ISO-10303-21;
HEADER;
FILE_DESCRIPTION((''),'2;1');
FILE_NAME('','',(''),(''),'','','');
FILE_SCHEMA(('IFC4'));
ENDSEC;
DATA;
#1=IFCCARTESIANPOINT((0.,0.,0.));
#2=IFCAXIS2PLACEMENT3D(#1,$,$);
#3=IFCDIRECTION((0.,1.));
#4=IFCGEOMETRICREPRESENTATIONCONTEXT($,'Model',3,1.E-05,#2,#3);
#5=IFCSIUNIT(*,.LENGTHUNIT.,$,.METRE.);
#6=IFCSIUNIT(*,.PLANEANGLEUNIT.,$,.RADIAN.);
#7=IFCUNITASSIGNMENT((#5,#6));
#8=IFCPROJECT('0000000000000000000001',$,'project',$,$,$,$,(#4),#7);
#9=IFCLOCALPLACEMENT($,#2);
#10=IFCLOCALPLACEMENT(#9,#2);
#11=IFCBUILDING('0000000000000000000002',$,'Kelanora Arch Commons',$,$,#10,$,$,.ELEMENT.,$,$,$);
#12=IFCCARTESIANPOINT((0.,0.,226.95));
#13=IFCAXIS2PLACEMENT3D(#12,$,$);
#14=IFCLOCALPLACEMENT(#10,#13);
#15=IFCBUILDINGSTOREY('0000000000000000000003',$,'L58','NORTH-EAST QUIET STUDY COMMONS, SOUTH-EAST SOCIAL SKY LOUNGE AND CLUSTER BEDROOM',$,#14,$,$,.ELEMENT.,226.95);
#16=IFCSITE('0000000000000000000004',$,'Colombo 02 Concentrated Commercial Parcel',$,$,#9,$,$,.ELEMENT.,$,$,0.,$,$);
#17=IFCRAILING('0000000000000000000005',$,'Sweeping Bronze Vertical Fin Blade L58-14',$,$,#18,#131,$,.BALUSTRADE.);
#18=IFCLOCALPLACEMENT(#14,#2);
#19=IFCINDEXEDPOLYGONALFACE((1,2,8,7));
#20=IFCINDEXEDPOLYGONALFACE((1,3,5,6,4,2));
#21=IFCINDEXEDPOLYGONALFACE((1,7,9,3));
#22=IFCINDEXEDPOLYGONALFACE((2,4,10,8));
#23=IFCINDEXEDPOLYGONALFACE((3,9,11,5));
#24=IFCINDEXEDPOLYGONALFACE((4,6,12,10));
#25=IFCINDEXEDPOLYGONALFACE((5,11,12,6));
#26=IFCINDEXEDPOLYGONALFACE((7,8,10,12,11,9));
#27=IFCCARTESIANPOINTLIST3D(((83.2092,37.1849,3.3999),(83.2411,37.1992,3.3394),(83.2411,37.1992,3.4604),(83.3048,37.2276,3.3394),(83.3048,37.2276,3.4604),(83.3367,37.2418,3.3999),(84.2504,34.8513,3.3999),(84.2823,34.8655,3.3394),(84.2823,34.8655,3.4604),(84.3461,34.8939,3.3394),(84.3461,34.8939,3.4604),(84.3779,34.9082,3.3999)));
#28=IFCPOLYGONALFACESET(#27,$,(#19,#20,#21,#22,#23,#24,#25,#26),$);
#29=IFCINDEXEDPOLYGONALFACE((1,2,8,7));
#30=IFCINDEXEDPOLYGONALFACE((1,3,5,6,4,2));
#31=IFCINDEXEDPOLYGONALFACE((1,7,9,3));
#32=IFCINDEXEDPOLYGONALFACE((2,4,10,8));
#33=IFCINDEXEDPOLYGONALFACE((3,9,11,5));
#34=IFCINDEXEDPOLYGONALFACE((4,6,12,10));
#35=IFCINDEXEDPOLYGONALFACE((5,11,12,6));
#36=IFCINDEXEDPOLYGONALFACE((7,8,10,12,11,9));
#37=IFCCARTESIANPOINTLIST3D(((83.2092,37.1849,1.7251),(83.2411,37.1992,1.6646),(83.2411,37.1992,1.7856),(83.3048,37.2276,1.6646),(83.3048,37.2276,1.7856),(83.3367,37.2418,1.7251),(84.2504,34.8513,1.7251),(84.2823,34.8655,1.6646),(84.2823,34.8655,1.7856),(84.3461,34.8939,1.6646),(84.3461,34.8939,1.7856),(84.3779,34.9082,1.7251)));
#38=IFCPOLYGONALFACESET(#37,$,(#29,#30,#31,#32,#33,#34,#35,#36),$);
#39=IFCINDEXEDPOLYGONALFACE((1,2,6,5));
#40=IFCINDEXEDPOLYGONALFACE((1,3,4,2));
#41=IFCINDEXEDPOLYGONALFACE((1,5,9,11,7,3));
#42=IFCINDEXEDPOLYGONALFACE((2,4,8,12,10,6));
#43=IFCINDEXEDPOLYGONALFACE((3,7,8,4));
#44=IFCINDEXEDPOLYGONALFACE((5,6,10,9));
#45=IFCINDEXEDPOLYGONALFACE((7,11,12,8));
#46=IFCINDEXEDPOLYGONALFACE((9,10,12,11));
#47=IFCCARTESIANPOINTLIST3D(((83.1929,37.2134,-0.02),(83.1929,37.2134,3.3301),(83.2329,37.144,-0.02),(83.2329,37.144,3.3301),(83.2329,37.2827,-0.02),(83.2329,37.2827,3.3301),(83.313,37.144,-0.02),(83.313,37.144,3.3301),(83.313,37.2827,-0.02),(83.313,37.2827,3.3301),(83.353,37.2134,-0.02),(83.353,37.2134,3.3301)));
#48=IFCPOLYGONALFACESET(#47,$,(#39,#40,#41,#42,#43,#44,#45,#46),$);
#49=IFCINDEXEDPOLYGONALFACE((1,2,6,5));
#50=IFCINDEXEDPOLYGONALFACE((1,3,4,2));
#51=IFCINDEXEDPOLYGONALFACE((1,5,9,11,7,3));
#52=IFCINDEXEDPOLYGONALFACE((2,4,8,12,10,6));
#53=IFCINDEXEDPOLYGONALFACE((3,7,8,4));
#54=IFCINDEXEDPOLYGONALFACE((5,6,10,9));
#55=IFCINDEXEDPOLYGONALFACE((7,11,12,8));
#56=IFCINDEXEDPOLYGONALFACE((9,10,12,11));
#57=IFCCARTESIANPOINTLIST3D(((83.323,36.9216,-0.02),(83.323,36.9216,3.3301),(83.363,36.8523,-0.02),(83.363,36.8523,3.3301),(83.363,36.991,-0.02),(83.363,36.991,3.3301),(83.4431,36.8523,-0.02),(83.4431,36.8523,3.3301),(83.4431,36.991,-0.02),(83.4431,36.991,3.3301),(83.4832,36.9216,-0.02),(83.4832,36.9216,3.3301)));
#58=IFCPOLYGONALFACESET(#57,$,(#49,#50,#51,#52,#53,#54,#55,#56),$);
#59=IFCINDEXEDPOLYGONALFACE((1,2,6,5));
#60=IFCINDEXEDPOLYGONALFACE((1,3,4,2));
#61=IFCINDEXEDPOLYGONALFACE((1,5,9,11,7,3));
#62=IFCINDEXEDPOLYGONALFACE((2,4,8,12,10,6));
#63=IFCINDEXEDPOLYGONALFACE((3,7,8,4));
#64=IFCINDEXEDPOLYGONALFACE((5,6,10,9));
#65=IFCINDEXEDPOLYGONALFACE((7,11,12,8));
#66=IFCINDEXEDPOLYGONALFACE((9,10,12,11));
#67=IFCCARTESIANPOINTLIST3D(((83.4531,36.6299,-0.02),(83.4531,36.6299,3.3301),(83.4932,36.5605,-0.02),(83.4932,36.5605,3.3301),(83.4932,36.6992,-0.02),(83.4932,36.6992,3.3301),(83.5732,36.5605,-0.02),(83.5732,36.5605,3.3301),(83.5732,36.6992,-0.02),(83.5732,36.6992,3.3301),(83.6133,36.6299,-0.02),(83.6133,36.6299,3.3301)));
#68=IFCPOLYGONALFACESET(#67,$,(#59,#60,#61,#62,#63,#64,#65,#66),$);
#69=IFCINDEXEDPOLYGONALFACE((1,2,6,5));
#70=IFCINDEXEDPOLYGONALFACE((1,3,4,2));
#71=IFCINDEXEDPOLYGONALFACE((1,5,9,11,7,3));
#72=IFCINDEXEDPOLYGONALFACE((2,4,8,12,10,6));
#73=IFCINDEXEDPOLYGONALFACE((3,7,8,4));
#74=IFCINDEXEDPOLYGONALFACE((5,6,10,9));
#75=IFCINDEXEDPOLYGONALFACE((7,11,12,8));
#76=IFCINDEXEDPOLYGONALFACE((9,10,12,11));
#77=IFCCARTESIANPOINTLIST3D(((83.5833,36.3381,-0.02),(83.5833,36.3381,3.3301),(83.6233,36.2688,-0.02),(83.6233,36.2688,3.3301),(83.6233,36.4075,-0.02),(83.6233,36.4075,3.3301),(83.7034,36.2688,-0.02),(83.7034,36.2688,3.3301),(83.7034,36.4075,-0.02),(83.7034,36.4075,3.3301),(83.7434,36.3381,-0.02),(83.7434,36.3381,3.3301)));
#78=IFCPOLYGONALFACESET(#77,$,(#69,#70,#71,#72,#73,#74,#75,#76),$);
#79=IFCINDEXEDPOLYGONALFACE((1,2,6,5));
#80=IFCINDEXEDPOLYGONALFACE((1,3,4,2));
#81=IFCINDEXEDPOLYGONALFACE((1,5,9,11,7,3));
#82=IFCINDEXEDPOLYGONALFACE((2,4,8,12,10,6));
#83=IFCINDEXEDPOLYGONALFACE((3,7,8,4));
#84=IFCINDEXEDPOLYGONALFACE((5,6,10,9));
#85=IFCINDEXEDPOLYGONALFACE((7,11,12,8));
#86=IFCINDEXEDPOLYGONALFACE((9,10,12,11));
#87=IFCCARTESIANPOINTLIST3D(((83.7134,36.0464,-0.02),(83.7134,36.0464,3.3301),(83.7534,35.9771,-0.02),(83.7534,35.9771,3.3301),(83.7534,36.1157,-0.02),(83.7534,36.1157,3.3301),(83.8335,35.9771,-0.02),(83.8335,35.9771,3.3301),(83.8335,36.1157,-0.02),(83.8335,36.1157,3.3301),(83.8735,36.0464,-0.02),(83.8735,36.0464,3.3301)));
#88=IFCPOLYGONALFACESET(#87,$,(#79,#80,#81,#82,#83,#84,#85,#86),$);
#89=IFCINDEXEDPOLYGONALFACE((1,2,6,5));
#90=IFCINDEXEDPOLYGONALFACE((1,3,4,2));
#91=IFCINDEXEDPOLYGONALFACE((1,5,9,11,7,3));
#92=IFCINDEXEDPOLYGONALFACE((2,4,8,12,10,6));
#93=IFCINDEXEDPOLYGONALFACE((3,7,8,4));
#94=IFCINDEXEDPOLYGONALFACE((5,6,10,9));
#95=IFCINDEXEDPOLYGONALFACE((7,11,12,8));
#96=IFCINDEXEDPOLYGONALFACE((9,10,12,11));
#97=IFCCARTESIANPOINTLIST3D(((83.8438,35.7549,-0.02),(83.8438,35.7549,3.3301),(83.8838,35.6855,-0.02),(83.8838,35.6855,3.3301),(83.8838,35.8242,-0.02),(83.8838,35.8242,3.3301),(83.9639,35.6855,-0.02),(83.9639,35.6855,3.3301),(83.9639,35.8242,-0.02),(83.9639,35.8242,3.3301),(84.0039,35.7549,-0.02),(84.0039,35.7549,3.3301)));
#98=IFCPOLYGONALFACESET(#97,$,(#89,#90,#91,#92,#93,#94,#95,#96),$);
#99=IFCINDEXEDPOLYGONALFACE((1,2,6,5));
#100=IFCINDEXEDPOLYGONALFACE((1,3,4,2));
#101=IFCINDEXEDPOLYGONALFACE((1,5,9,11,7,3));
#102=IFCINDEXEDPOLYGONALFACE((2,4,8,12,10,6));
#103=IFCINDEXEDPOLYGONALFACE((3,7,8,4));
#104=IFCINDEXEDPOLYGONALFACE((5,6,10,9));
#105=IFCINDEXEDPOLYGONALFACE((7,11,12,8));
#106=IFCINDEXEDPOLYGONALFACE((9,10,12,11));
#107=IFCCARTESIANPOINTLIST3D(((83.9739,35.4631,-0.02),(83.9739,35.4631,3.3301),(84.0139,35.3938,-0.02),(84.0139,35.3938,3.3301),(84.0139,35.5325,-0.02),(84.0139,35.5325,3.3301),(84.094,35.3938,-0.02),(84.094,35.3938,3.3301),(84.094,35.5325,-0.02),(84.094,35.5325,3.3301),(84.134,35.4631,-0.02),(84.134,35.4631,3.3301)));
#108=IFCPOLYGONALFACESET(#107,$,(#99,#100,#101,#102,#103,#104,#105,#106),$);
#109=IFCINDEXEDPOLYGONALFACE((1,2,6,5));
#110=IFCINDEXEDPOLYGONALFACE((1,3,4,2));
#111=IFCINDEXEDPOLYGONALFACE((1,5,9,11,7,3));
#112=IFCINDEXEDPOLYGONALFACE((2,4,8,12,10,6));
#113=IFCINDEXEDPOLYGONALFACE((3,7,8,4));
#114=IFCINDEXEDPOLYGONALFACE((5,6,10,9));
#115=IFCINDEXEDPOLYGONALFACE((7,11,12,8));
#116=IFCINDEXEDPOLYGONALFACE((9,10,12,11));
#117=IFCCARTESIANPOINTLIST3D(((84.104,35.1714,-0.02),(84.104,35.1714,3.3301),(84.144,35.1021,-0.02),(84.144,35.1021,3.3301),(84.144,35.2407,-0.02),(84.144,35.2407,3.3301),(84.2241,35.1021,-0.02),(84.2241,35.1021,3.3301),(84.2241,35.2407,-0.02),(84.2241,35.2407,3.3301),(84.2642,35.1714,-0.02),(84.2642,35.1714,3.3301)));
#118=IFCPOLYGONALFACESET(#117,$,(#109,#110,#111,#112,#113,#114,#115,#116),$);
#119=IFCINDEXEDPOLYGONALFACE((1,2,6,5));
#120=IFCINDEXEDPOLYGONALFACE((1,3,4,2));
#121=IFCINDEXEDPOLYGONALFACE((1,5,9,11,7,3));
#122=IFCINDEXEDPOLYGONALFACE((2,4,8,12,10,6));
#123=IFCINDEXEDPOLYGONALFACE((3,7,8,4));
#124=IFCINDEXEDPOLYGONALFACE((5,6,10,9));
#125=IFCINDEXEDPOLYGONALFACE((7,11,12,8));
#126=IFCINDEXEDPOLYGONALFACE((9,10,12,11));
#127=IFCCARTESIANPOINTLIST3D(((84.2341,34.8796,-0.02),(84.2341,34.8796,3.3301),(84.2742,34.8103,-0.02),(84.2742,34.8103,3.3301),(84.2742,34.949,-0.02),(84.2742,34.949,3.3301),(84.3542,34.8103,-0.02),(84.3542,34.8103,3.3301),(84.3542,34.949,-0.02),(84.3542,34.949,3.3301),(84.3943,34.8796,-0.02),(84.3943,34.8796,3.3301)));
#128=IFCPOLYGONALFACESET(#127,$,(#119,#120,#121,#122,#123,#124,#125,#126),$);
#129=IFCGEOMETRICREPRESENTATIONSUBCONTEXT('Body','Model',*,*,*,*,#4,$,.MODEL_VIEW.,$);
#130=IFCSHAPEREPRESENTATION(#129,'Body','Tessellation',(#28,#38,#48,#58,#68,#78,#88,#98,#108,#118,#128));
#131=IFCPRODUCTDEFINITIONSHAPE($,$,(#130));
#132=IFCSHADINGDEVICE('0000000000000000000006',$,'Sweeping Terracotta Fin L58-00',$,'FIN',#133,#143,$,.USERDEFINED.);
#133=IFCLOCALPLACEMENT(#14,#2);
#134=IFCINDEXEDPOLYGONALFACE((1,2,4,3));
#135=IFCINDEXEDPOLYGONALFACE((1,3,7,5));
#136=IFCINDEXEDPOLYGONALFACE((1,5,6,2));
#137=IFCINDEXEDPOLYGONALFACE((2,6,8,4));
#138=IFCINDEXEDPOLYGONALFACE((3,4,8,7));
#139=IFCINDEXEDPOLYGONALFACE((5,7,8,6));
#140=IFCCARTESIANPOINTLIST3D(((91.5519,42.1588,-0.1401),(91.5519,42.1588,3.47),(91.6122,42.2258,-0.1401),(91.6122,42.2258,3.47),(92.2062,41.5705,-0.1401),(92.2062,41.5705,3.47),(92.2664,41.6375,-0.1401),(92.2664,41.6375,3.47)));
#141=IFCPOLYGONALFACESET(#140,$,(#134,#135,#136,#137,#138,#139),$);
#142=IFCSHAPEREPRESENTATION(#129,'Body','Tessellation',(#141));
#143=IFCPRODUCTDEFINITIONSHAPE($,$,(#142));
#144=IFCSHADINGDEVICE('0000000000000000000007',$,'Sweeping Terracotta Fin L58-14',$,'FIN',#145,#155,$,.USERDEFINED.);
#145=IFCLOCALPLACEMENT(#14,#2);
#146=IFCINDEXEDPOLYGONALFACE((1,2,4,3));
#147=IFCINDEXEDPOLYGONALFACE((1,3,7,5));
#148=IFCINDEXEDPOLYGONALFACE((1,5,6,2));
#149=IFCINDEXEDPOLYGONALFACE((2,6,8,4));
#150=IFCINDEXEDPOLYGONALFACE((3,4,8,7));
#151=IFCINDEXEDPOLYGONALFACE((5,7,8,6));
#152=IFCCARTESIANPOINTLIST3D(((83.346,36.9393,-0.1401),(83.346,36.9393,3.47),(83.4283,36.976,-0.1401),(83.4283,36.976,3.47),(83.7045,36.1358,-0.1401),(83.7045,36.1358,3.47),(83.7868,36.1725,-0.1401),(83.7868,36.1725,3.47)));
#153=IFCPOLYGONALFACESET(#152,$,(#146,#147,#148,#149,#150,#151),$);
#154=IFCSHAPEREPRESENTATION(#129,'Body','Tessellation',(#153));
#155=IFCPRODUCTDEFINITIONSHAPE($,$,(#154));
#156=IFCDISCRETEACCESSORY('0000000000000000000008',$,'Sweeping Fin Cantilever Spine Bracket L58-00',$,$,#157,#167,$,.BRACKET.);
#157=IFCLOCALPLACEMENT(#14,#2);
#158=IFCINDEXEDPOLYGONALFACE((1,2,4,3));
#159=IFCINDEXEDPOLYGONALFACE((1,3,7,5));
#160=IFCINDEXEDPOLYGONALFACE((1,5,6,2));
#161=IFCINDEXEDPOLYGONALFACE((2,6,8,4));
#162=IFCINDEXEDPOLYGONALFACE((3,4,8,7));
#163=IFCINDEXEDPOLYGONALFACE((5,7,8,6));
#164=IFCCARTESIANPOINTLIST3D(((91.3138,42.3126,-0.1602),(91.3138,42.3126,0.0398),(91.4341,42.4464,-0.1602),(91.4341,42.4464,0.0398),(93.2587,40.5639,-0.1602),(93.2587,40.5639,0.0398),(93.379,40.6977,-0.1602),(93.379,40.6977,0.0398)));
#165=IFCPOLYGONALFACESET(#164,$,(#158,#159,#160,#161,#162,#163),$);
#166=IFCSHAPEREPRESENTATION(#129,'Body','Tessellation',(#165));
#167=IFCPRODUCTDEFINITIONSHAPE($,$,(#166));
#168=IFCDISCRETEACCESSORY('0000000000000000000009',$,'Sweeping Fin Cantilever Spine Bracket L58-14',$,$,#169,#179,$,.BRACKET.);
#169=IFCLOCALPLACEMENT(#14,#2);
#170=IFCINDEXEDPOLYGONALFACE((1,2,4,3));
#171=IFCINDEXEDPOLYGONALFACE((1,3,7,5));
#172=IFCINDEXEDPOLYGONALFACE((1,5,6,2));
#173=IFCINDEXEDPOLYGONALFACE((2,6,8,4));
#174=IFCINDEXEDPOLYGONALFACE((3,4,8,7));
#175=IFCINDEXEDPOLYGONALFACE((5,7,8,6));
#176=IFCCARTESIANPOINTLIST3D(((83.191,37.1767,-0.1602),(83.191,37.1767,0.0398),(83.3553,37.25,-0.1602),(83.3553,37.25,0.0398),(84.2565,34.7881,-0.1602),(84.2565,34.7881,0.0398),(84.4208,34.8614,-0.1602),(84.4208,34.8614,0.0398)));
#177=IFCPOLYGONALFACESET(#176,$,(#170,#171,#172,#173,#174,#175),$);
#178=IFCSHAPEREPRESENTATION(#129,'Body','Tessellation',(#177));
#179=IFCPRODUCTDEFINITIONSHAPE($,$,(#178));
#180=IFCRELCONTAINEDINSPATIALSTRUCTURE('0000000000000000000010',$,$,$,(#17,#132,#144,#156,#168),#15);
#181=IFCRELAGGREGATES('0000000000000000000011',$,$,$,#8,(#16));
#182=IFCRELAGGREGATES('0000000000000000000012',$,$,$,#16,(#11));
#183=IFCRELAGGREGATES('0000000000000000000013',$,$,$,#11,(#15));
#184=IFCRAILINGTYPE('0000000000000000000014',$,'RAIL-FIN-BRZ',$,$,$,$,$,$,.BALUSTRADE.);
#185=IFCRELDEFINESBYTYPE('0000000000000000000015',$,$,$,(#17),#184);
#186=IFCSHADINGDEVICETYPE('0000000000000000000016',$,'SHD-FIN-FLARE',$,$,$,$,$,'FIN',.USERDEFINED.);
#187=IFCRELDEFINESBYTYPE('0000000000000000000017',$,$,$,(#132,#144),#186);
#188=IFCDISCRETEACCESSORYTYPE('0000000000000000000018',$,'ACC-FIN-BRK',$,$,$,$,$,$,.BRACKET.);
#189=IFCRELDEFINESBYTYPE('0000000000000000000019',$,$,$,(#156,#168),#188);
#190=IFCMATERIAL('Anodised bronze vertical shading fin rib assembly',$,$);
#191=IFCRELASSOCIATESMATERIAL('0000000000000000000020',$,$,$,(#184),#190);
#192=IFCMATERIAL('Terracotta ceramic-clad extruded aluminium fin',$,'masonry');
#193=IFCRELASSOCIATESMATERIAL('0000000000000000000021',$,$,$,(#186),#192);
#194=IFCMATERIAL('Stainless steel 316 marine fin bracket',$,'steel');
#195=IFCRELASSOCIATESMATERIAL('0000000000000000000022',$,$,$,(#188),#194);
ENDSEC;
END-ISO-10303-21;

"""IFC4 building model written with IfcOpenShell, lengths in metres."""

from ifc_helpers import new_model, si_unit, direction, frame, origin, origin_2d, place, context, subcontext, project, spatial, polyline, rectangle, outline, extrude, source, transform, mapped, material, type_object, element, save


model = new_model("IFC4")

# Units and contexts
model_context = context("Model", 3, precision=1e-05, world=origin(), true_north=direction((0.0, 1.0)))
body_context = subcontext(model_context, "Body", "Model", "MODEL_VIEW")
ifc_project = project(units=[si_unit("LENGTHUNIT", "METRE"), si_unit("PLANEANGLEUNIT", "RADIAN")], contexts=[model_context])

# Site, building, storey
site_placement = place(None, origin())
site = spatial("IfcSite", under=ifc_project, at=site_placement, Name="Colombo 02 Concentrated Commercial Parcel", CompositionType="ELEMENT", RefElevation=0.0)
building_placement = place(site_placement, origin())
building = spatial("IfcBuilding", under=site, at=building_placement, Name="Kelanora Arch Commons", CompositionType="ELEMENT")
storey_placement = place(building_placement, frame((0.0, 0.0, 226.95)))
storey = spatial("IfcBuildingStorey", under=building, at=storey_placement, Name="L58", Description="NORTH-EAST QUIET STUDY COMMONS, SOUTH-EAST SOCIAL SKY LOUNGE AND CLUSTER BEDROOM", CompositionType="ELEMENT", Elevation=226.95)

# Railing
ifc_material_1 = material(Name="Anodised bronze vertical shading fin rib assembly")
railing_type = type_object("IfcRailingType", Name="RAIL-FIN-BRZ", PredefinedType="BALUSTRADE", material=ifc_material_1)
railing_1_placement = place(storey_placement, frame((83.2729, 37.2134, -0.02)))
element("IfcRailing", 1, at=railing_1_placement, inside=storey, type_object=railing_type, Name="Sweeping Bronze Vertical Fin Blade L58-14", PredefinedType="BALUSTRADE", context=body_context, shape_type="SweptSolid", body=[
    extrude(outline(polyline([(0.0698, 0.0), (0.0349, 0.0605), (-0.0349, 0.0605), (-0.0698, 0.0), (-0.0349, -0.0605), (0.0349, -0.0605), (0.0698, 0.0)])), frame((0.0, 0.0, 3.4199), z_axis=(0.407459, -0.913224, 0.0), x_axis=(0.913224, 0.407459, 0.0)), (0.0, 0.0, 1.0), 2.5554),
    extrude(outline(polyline([(0.0698, 0.0), (0.0349, 0.0605), (-0.0349, 0.0605), (-0.0698, 0.0), (-0.0349, -0.0605), (0.0349, -0.0605), (0.0698, 0.0)])), frame((0.0, 0.0, 1.7451), z_axis=(0.407459, -0.913224, 0.0), x_axis=(0.913224, 0.407459, 0.0)), (0.0, 0.0, 1.0), 2.5554),
    extrude(outline(polyline([(0.0801, 0.0), (0.04, 0.0693), (-0.04, 0.0693), (-0.0801, 0.0), (-0.04, -0.0693), (0.04, -0.0693), (0.0801, 0.0)])), origin(), (0.0, 0.0, 1.0), 3.3501),
    extrude(outline(polyline([(0.0801, 0.0), (0.04, 0.0693), (-0.04, 0.0693), (-0.0801, 0.0), (-0.04, -0.0693), (0.04, -0.0693), (0.0801, 0.0)])), frame((0.1301, -0.2917, 0.0)), (0.0, 0.0, 1.0), 3.3501),
    extrude(outline(polyline([(0.0801, 0.0), (0.04, 0.0693), (-0.04, 0.0693), (-0.0801, 0.0), (-0.04, -0.0693), (0.04, -0.0693), (0.0801, 0.0)])), frame((0.2603, -0.5835, 0.0)), (0.0, 0.0, 1.0), 3.3501),
    extrude(outline(polyline([(0.0801, 0.0), (0.04, 0.0693), (-0.04, 0.0693), (-0.0801, 0.0), (-0.04, -0.0693), (0.04, -0.0693), (0.0801, 0.0)])), frame((0.3904, -0.8752, 0.0)), (0.0, 0.0, 1.0), 3.3501),
    extrude(outline(polyline([(0.0801, 0.0), (0.04, 0.0693), (-0.04, 0.0693), (-0.0801, 0.0), (-0.04, -0.0693), (0.04, -0.0693), (0.0801, 0.0)])), frame((0.5205, -1.167, 0.0)), (0.0, 0.0, 1.0), 3.3501),
    extrude(outline(polyline([(0.0801, 0.0), (0.04, 0.0693), (-0.04, 0.0693), (-0.0801, 0.0), (-0.04, -0.0693), (0.04, -0.0693), (0.0801, 0.0)])), frame((0.6509, -1.4585, 0.0)), (0.0, 0.0, 1.0), 3.3501),
    extrude(outline(polyline([(0.0801, 0.0), (0.04, 0.0693), (-0.04, 0.0693), (-0.0801, 0.0), (-0.04, -0.0693), (0.04, -0.0693), (0.0801, 0.0)])), frame((0.781, -1.7502, 0.0)), (0.0, 0.0, 1.0), 3.3501),
    extrude(outline(polyline([(0.0801, 0.0), (0.04, 0.0693), (-0.04, 0.0693), (-0.0801, 0.0), (-0.04, -0.0693), (0.04, -0.0693), (0.0801, 0.0)])), frame((0.9111, -2.042, 0.0)), (0.0, 0.0, 1.0), 3.3501),
    extrude(outline(polyline([(0.0801, 0.0), (0.04, 0.0693), (-0.04, 0.0693), (-0.0801, 0.0), (-0.04, -0.0693), (0.04, -0.0693), (0.0801, 0.0)])), frame((1.0413, -2.3337, 0.0)), (0.0, 0.0, 1.0), 3.3501),
])

# Shading devices
ifc_material_2 = material(Name="Terracotta ceramic-clad extruded aluminium fin", Category="masonry")
shading_device_type = type_object("IfcShadingDeviceType", Name="SHD-FIN-FLARE", ElementType="FIN", PredefinedType="USERDEFINED", material=ifc_material_2)
shared_shape_1 = source(origin(), body_context, "Body", "SweptSolid", [
    extrude(rectangle(XDim=0.8799, YDim=0.0901, at=origin_2d()), origin(), (0.0, 0.0, 1.0), 3.6101),
])
for number, where, z_axis, x_axis, name in (
    (2, (91.9092, 41.8982, -0.1401), (0.0, 0.0, 1.0), (0.743612, -0.668612, 0.0), "Sweeping Terracotta Fin L58-00"),
    (3, (83.5664, 36.5559, -0.1401), (0.0, 0.0, 1.0), (0.407374, -0.913261, 0.0), "Sweeping Terracotta Fin L58-14"),
):
    element("IfcShadingDevice", number, at=place(storey_placement, frame(where, z_axis=z_axis, x_axis=x_axis)), inside=storey, type_object=shading_device_type, Name=name, ObjectType="FIN", PredefinedType="USERDEFINED", context=body_context, shape_type="MappedRepresentation", body=[
        mapped(shared_shape_1, transform((0.0, 0.0, 0.0), scale=1.0)),
    ])

# Discrete accessories
ifc_material_3 = material(Name="Stainless steel 316 marine fin bracket", Category="steel")
discrete_accessory_type = type_object("IfcDiscreteAccessoryType", Name="ACC-FIN-BRK", PredefinedType="BRACKET", material=ifc_material_3)
shared_shape_2 = source(origin(), body_context, "Body", "SweptSolid", [
    extrude(rectangle(XDim=2.6155, YDim=0.1799, at=origin_2d()), origin(), (0.0, 0.0, 1.0), 0.2),
])
for number, where, z_axis, x_axis, name in (
    (4, (92.3464, 41.5051, -0.1602), (0.0, 0.0, 1.0), (0.743612, -0.668612, 0.0), "Sweeping Fin Cantilever Spine Bracket L58-00"),
    (5, (83.8059, 36.019, -0.1602), (0.0, 0.0, 1.0), (0.407374, -0.913261, 0.0), "Sweeping Fin Cantilever Spine Bracket L58-14"),
):
    element("IfcDiscreteAccessory", number, at=place(storey_placement, frame(where, z_axis=z_axis, x_axis=x_axis)), inside=storey, type_object=discrete_accessory_type, Name=name, PredefinedType="BRACKET", context=body_context, shape_type="MappedRepresentation", body=[
        mapped(shared_shape_2, transform((0.0, 0.0, 0.0), scale=1.0)),
    ])

save(model, "model.ifc")
